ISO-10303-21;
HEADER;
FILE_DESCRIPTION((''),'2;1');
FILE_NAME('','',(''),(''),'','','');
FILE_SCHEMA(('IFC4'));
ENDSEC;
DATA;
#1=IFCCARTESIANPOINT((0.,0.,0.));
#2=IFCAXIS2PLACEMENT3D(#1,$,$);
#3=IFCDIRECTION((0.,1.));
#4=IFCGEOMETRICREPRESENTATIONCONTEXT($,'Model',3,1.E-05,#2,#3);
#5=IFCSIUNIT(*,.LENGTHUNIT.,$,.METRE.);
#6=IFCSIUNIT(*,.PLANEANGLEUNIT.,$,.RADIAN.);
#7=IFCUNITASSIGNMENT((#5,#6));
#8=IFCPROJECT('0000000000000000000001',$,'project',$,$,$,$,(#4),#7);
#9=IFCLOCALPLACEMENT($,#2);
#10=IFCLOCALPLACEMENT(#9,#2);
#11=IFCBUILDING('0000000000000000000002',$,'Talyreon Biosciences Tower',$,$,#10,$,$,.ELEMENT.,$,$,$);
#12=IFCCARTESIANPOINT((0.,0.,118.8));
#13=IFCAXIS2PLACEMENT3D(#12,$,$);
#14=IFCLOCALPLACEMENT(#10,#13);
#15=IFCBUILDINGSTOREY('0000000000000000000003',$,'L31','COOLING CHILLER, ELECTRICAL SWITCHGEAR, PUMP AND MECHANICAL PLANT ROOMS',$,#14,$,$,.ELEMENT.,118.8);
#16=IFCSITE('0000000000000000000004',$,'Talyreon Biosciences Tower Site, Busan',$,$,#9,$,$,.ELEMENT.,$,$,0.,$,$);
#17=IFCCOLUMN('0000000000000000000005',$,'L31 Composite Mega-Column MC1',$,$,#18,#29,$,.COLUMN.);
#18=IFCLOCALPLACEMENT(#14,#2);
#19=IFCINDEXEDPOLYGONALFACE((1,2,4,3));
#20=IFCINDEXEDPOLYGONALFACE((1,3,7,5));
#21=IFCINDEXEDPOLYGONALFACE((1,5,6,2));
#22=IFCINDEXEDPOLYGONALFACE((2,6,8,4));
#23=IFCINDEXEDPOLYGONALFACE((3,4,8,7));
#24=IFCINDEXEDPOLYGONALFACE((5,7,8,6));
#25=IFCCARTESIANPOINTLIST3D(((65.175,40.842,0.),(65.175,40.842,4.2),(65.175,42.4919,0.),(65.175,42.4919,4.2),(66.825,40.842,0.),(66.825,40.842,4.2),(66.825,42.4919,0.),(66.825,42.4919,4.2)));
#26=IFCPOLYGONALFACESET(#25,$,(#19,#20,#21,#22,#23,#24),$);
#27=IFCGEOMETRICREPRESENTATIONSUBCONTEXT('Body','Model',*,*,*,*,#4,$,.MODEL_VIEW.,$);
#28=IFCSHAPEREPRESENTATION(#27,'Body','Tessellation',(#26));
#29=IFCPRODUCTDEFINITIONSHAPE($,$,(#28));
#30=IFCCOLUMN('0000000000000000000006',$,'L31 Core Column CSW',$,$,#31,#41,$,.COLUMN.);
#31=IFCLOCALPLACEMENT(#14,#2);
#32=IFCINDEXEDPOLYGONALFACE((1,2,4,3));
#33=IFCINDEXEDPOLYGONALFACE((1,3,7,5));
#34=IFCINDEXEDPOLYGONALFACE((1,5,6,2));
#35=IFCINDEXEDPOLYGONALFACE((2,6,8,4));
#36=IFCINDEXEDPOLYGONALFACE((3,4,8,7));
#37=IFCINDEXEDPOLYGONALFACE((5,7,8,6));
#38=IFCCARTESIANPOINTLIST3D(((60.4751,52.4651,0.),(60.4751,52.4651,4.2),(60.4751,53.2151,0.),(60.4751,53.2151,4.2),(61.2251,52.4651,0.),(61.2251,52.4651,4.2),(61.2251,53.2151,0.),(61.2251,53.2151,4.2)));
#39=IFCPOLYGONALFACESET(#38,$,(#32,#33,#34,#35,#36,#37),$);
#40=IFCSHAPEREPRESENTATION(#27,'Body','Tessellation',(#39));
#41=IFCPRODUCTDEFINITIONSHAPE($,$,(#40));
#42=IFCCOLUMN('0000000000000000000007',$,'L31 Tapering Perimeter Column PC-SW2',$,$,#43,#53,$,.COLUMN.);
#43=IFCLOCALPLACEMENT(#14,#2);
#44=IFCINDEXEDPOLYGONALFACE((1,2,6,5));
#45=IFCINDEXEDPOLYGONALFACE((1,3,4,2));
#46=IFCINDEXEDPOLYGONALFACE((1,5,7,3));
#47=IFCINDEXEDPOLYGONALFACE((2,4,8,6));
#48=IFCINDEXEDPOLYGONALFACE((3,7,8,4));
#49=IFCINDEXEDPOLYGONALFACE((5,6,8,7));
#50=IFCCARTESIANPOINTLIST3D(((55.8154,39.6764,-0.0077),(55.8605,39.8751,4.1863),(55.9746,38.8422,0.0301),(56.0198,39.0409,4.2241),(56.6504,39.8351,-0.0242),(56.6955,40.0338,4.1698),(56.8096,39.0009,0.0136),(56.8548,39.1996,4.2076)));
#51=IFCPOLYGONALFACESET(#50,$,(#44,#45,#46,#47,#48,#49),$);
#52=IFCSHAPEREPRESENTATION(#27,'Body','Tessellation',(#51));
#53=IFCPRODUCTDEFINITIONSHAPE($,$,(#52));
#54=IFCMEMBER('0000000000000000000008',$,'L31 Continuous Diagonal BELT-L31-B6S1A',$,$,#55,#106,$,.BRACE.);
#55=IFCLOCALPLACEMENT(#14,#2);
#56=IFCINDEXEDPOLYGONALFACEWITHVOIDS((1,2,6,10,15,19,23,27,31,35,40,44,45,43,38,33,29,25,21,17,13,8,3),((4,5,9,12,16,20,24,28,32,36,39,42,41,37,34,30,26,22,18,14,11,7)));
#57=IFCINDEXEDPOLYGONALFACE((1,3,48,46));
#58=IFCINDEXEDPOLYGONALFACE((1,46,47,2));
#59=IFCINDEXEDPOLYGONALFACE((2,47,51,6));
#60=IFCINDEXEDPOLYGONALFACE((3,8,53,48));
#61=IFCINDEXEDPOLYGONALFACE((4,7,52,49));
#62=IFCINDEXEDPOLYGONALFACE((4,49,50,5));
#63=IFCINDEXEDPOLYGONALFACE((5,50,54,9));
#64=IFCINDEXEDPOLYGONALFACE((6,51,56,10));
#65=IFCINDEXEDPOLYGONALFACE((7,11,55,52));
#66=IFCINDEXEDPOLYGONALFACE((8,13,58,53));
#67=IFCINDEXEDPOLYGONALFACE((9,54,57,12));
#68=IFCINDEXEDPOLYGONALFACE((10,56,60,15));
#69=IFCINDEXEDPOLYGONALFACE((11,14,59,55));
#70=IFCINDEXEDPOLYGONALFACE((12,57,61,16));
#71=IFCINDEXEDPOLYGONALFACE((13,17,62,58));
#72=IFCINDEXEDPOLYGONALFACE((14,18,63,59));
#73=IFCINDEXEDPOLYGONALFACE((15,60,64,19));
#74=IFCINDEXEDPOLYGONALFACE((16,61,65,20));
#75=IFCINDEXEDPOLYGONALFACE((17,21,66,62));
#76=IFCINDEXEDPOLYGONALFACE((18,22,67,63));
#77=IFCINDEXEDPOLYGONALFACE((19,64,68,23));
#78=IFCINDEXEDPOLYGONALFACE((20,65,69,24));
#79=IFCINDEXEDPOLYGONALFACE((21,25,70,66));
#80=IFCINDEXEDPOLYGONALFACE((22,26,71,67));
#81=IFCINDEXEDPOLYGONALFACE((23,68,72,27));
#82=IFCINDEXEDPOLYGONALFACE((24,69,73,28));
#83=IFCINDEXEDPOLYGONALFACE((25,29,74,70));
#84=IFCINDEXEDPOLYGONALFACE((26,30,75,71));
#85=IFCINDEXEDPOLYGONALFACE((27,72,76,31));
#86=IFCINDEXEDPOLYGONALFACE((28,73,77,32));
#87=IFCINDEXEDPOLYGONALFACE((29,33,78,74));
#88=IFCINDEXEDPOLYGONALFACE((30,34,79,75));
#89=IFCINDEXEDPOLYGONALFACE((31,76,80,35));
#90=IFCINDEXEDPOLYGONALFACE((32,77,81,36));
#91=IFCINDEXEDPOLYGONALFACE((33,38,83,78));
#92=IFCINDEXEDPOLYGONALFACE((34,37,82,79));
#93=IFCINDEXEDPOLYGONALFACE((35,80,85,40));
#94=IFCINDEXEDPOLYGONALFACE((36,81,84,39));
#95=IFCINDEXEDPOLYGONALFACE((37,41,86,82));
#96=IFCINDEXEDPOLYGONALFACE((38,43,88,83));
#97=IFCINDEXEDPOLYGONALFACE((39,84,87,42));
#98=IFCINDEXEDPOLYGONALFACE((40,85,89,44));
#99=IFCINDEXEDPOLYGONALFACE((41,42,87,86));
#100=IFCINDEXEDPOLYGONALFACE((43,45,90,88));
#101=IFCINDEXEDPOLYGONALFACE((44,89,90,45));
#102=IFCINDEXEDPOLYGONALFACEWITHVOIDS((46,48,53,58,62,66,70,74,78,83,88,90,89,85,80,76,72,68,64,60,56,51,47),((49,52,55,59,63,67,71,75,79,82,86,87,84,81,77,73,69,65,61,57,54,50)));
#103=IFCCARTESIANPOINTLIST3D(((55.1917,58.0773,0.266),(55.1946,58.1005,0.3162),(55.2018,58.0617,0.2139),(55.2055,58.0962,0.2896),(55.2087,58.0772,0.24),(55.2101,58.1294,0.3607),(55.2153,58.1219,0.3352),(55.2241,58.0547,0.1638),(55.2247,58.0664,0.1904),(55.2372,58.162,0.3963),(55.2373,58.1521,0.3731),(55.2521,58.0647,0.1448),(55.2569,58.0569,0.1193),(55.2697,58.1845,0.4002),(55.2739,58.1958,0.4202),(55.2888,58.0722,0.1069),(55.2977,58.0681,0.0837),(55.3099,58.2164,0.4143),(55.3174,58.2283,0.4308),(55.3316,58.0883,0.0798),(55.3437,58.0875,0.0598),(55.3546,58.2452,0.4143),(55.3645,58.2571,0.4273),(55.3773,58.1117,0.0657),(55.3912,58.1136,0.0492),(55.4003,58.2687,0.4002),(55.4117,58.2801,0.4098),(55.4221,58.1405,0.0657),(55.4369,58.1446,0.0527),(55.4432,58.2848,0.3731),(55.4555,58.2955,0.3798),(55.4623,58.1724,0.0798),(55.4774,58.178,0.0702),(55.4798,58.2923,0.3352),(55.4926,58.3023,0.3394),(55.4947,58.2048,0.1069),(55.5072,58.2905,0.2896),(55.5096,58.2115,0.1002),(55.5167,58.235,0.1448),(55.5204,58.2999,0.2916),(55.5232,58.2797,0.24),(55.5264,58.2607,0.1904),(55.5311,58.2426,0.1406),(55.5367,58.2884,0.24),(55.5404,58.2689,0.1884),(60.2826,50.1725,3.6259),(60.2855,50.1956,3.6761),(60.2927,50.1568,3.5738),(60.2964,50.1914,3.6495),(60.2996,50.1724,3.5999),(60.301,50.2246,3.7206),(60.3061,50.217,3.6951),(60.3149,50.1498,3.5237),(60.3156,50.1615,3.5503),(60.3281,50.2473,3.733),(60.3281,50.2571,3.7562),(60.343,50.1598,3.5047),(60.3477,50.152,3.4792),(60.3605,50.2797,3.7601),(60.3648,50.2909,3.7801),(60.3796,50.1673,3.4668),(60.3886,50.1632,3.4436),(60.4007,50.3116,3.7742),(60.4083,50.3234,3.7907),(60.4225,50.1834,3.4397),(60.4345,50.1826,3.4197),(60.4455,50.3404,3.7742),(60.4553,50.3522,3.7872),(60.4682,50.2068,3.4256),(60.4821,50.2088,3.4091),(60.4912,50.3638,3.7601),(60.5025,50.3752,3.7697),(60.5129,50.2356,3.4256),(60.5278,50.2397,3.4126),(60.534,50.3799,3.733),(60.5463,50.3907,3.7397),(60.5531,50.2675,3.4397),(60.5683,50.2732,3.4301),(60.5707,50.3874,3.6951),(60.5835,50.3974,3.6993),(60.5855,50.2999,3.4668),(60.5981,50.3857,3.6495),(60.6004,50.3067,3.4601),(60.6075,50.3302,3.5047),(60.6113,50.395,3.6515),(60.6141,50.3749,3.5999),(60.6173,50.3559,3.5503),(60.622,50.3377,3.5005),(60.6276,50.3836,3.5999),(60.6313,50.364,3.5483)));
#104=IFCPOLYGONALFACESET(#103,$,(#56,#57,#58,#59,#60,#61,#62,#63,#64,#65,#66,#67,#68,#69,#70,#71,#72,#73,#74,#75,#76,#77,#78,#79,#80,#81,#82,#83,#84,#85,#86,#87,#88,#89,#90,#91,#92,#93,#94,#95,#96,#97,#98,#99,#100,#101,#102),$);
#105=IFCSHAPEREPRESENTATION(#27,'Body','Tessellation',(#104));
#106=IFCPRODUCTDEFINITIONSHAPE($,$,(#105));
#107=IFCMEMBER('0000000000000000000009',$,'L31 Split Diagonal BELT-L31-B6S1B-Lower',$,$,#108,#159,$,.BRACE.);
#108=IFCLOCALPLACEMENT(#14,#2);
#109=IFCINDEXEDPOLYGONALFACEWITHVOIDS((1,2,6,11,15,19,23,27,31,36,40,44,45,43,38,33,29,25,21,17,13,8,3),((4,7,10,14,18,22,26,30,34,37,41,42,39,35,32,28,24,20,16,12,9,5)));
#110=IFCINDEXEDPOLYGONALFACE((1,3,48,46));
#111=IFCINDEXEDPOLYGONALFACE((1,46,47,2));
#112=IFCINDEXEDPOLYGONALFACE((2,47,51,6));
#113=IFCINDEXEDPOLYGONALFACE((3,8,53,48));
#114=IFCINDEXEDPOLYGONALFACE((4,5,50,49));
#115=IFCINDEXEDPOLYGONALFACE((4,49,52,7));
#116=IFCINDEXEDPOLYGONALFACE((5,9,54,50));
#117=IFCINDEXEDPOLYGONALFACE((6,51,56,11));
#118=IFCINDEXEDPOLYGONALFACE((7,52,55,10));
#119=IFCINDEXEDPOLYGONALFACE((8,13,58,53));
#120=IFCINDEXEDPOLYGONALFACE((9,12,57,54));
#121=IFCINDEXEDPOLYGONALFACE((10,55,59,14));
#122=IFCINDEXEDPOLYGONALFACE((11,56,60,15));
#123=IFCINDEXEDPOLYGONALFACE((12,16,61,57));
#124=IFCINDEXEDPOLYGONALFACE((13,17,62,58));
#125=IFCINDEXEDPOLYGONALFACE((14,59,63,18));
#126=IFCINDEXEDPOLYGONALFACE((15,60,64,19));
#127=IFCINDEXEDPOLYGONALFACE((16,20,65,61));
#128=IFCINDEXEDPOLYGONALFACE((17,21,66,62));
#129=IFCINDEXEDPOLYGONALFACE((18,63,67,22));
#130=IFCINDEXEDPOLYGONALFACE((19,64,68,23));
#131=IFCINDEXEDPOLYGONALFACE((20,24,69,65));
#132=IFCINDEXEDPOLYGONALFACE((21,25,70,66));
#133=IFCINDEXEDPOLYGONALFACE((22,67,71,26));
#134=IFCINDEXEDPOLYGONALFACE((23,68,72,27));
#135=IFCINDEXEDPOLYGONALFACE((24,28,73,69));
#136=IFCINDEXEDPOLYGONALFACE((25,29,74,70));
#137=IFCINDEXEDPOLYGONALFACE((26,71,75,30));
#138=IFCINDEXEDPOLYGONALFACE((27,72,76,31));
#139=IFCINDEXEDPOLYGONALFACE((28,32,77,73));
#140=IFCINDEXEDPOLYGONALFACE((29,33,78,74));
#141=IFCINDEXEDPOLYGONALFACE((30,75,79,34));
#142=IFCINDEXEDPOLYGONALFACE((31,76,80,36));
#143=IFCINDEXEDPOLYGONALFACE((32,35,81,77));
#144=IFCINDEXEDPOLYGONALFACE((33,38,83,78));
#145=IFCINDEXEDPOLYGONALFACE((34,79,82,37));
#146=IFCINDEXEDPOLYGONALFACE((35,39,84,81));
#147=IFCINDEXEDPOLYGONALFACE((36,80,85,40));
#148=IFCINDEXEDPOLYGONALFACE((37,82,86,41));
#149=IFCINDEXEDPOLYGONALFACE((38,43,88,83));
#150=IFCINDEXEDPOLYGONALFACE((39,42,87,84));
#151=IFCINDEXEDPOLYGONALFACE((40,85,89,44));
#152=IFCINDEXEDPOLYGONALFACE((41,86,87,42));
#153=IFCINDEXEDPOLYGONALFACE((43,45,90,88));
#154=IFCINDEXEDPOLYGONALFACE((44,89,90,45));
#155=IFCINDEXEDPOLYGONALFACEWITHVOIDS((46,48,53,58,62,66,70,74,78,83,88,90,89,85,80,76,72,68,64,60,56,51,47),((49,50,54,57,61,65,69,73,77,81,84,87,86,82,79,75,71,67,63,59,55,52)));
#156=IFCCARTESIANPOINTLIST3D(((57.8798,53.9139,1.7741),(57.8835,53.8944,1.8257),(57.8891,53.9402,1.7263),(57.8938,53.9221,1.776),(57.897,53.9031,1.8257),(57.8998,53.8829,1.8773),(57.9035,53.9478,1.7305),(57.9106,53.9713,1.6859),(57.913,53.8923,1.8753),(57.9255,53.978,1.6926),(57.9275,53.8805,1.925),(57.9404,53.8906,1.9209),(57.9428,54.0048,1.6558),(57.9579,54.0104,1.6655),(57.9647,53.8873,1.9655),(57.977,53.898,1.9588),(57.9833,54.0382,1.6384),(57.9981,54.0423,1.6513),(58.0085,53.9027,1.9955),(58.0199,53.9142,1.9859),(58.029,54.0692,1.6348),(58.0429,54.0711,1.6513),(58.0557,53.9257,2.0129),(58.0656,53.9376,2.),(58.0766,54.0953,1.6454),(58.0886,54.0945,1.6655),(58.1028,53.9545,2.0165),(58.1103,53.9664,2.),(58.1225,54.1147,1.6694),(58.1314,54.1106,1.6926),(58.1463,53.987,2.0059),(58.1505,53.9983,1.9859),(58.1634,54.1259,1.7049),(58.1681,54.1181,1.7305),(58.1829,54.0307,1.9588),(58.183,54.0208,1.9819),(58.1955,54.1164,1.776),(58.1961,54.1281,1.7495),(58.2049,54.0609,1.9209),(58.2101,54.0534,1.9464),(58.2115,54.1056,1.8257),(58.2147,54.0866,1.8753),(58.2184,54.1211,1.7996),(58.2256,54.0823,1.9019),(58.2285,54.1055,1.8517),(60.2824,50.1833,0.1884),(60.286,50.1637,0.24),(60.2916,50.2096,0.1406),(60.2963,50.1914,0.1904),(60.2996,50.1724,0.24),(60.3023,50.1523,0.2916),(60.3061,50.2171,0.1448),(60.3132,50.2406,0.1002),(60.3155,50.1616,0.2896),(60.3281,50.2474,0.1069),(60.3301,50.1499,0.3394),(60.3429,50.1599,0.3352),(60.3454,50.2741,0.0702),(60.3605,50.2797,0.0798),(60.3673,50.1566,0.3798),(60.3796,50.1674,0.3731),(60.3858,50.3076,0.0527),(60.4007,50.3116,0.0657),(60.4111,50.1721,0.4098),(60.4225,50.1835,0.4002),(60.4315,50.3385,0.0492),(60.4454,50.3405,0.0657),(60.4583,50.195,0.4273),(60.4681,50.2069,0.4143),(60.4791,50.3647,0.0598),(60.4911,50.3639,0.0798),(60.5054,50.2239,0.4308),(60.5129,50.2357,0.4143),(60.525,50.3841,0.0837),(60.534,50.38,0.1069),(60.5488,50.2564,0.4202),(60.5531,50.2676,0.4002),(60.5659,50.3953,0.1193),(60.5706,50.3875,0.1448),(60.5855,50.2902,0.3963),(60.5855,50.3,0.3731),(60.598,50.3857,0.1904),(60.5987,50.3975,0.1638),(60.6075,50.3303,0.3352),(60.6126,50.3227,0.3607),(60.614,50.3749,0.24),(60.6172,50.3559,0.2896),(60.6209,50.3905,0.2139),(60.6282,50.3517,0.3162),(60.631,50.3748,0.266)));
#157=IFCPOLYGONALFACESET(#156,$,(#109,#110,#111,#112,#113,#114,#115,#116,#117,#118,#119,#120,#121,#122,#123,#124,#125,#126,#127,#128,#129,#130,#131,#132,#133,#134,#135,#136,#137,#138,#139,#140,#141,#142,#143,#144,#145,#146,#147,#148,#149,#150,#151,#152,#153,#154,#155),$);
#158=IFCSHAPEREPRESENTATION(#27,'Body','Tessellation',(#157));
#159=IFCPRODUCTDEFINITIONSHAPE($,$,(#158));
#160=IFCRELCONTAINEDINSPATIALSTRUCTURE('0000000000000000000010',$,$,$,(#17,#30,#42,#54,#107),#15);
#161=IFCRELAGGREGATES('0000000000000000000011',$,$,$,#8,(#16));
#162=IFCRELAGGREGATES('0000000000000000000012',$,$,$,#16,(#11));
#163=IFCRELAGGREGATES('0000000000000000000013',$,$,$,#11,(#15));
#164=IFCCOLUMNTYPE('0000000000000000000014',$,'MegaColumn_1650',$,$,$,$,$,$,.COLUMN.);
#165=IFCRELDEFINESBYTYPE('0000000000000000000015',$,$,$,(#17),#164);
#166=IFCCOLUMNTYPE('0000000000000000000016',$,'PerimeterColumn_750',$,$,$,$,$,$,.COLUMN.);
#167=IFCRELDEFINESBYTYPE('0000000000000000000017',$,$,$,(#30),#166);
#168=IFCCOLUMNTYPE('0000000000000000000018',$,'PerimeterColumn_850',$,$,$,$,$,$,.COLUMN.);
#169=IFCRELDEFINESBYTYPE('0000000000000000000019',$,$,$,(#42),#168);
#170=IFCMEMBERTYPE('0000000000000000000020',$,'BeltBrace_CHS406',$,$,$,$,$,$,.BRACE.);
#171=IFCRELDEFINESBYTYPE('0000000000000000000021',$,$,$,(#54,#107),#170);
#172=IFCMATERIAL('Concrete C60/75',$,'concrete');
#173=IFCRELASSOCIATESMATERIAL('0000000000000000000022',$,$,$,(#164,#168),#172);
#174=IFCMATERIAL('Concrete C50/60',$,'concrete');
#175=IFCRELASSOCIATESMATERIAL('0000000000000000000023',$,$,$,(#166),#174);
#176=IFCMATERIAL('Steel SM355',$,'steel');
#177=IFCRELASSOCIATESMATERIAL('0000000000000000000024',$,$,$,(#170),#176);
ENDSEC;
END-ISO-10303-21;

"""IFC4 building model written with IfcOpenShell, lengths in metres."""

from ifc_helpers import new_model, si_unit, direction, frame, origin, origin_2d, place, context, subcontext, project, spatial, rectangle, hollow_circle, extrude, material, material_profile, profile_set, type_object, element, save


model = new_model("IFC4")

# Units and contexts
model_context = context("Model", 3, precision=1e-05, world=origin(), true_north=direction((0.0, 1.0)))
body_context = subcontext(model_context, "Body", "Model", "MODEL_VIEW")
ifc_project = project(units=[si_unit("LENGTHUNIT", "METRE"), si_unit("PLANEANGLEUNIT", "RADIAN")], contexts=[model_context])

# Site, building, storey
site_placement = place(None, origin())
site = spatial("IfcSite", under=ifc_project, at=site_placement, Name="Talyreon Biosciences Tower Site, Busan", CompositionType="ELEMENT", RefElevation=0.0)
building_placement = place(site_placement, origin())
building = spatial("IfcBuilding", under=site, at=building_placement, Name="Talyreon Biosciences Tower", CompositionType="ELEMENT")
storey_placement = place(building_placement, frame((0.0, 0.0, 118.8)))
storey = spatial("IfcBuildingStorey", under=building, at=storey_placement, Name="L31", Description="COOLING CHILLER, ELECTRICAL SWITCHGEAR, PUMP AND MECHANICAL PLANT ROOMS", CompositionType="ELEMENT", Elevation=118.8)

# Columns
ifc_material_1 = material(Name="Concrete C60/75", Category="concrete")
ifc_material_profile_1 = material_profile(ifc_material_1, rectangle(XDim=1.6499, YDim=1.6499, at=origin_2d()), Name="RC 1650x1650")
ifc_profile_set_1 = profile_set([ifc_material_profile_1], Name="Concrete C60/75")
column_type_1 = type_object("IfcColumnType", Name="MegaColumn_1650", PredefinedType="COLUMN", material=ifc_profile_set_1)
column_1_placement = place(storey_placement, frame((66.0, 41.667, 0.0), z_axis=(0.0, 0.0, 1.0), x_axis=(1.0, 0.0, 0.0)))
element("IfcColumn", 1, at=column_1_placement, inside=storey, type_object=column_type_1, Name="L31 Composite Mega-Column MC1", PredefinedType="COLUMN", context=body_context, shape_type="SweptSolid", body=[
    extrude(rectangle(XDim=1.6499, YDim=1.6499, at=origin_2d()), origin(), (0.0, 0.0, 1.0), 4.2),
])
ifc_material_2 = material(Name="Concrete C50/60", Category="concrete")
ifc_material_profile_2 = material_profile(ifc_material_2, rectangle(XDim=0.75, YDim=0.75, at=origin_2d()), Name="RC 750x750")
ifc_profile_set_2 = profile_set([ifc_material_profile_2], Name="Concrete C50/60")
column_type_2 = type_object("IfcColumnType", Name="PerimeterColumn_750", PredefinedType="COLUMN", material=ifc_profile_set_2)
column_2_placement = place(storey_placement, frame((60.8501, 52.8401, 0.0), z_axis=(0.0, 0.0, 1.0), x_axis=(1.0, 0.0, 0.0)))
element("IfcColumn", 2, at=column_2_placement, inside=storey, type_object=column_type_2, Name="L31 Core Column CSW", PredefinedType="COLUMN", context=body_context, shape_type="SweptSolid", body=[
    extrude(rectangle(XDim=0.75, YDim=0.75, at=origin_2d()), origin(), (0.0, 0.0, 1.0), 4.2),
])
ifc_material_profile_3 = material_profile(ifc_material_1, rectangle(XDim=0.8501, YDim=0.8501, at=origin_2d()), Name="RC 850x850")
ifc_profile_set_3 = profile_set([ifc_material_profile_3], Name="Concrete C60/75")
column_type_3 = type_object("IfcColumnType", Name="PerimeterColumn_850", PredefinedType="COLUMN", material=ifc_profile_set_3)
column_3_placement = place(storey_placement, frame((56.3125, 39.3386, 0.0029), z_axis=(0.010756, 0.047328, 0.998822), x_axis=(-0.187359, 0.981284, -0.044479)))
element("IfcColumn", 3, at=column_3_placement, inside=storey, type_object=column_type_3, Name="L31 Tapering Perimeter Column PC-SW2", PredefinedType="COLUMN", context=body_context, shape_type="SweptSolid", body=[
    extrude(rectangle(XDim=0.8501, YDim=0.8501, at=origin_2d()), origin(), (0.0, 0.0, 1.0), 4.199),
])

# Members
ifc_material_3 = material(Name="Steel SM355", Category="steel")
ifc_material_profile_4 = material_profile(ifc_material_3, hollow_circle(Radius=0.2031, WallThickness=0.0161, at=origin_2d()), Name="CHS 406.4x16")
ifc_profile_set_4 = profile_set([ifc_material_profile_4], Name="Steel SM355")
member_type_1 = type_object("IfcMemberType", Name="BeltBrace_CHS406", PredefinedType="BRACE", material=ifc_profile_set_4)
member_1_placement = place(storey_placement, frame((55.366, 58.1785, 0.24), z_axis=(0.509871, -0.791704, 0.336507), x_axis=(0.840734, 0.541448, 0.0)))
element("IfcMember", 4, at=member_1_placement, inside=storey, type_object=member_type_1, Name="L31 Continuous Diagonal BELT-L31-B6S1A", PredefinedType="BRACE", context=body_context, shape_type="SweptSolid", body=[
    extrude(hollow_circle(Radius=0.2031, WallThickness=0.0161, at=origin_2d()), origin(), (0.0, 0.0, 1.0), 9.9846),
])
for number, where, z_axis, x_axis, name in (
    (5, (60.4568, 50.2737, 0.24), (-0.509863, 0.791709, 0.336506), (-0.84074, -0.541439, 0.0), "L31 Split Diagonal BELT-L31-B6S1B-Lower"),
):
    element("IfcMember", number, at=place(storey_placement, frame(where, z_axis=z_axis, x_axis=x_axis)), inside=storey, type_object=member_type_1, Name=name, PredefinedType="BRACE", context=body_context, shape_type="SweptSolid", body=[
        extrude(hollow_circle(Radius=0.2031, WallThickness=0.0161, at=origin_2d()), origin(), (0.0, 0.0, 1.0), 4.7122),
    ])

save(model, "model.ifc")
